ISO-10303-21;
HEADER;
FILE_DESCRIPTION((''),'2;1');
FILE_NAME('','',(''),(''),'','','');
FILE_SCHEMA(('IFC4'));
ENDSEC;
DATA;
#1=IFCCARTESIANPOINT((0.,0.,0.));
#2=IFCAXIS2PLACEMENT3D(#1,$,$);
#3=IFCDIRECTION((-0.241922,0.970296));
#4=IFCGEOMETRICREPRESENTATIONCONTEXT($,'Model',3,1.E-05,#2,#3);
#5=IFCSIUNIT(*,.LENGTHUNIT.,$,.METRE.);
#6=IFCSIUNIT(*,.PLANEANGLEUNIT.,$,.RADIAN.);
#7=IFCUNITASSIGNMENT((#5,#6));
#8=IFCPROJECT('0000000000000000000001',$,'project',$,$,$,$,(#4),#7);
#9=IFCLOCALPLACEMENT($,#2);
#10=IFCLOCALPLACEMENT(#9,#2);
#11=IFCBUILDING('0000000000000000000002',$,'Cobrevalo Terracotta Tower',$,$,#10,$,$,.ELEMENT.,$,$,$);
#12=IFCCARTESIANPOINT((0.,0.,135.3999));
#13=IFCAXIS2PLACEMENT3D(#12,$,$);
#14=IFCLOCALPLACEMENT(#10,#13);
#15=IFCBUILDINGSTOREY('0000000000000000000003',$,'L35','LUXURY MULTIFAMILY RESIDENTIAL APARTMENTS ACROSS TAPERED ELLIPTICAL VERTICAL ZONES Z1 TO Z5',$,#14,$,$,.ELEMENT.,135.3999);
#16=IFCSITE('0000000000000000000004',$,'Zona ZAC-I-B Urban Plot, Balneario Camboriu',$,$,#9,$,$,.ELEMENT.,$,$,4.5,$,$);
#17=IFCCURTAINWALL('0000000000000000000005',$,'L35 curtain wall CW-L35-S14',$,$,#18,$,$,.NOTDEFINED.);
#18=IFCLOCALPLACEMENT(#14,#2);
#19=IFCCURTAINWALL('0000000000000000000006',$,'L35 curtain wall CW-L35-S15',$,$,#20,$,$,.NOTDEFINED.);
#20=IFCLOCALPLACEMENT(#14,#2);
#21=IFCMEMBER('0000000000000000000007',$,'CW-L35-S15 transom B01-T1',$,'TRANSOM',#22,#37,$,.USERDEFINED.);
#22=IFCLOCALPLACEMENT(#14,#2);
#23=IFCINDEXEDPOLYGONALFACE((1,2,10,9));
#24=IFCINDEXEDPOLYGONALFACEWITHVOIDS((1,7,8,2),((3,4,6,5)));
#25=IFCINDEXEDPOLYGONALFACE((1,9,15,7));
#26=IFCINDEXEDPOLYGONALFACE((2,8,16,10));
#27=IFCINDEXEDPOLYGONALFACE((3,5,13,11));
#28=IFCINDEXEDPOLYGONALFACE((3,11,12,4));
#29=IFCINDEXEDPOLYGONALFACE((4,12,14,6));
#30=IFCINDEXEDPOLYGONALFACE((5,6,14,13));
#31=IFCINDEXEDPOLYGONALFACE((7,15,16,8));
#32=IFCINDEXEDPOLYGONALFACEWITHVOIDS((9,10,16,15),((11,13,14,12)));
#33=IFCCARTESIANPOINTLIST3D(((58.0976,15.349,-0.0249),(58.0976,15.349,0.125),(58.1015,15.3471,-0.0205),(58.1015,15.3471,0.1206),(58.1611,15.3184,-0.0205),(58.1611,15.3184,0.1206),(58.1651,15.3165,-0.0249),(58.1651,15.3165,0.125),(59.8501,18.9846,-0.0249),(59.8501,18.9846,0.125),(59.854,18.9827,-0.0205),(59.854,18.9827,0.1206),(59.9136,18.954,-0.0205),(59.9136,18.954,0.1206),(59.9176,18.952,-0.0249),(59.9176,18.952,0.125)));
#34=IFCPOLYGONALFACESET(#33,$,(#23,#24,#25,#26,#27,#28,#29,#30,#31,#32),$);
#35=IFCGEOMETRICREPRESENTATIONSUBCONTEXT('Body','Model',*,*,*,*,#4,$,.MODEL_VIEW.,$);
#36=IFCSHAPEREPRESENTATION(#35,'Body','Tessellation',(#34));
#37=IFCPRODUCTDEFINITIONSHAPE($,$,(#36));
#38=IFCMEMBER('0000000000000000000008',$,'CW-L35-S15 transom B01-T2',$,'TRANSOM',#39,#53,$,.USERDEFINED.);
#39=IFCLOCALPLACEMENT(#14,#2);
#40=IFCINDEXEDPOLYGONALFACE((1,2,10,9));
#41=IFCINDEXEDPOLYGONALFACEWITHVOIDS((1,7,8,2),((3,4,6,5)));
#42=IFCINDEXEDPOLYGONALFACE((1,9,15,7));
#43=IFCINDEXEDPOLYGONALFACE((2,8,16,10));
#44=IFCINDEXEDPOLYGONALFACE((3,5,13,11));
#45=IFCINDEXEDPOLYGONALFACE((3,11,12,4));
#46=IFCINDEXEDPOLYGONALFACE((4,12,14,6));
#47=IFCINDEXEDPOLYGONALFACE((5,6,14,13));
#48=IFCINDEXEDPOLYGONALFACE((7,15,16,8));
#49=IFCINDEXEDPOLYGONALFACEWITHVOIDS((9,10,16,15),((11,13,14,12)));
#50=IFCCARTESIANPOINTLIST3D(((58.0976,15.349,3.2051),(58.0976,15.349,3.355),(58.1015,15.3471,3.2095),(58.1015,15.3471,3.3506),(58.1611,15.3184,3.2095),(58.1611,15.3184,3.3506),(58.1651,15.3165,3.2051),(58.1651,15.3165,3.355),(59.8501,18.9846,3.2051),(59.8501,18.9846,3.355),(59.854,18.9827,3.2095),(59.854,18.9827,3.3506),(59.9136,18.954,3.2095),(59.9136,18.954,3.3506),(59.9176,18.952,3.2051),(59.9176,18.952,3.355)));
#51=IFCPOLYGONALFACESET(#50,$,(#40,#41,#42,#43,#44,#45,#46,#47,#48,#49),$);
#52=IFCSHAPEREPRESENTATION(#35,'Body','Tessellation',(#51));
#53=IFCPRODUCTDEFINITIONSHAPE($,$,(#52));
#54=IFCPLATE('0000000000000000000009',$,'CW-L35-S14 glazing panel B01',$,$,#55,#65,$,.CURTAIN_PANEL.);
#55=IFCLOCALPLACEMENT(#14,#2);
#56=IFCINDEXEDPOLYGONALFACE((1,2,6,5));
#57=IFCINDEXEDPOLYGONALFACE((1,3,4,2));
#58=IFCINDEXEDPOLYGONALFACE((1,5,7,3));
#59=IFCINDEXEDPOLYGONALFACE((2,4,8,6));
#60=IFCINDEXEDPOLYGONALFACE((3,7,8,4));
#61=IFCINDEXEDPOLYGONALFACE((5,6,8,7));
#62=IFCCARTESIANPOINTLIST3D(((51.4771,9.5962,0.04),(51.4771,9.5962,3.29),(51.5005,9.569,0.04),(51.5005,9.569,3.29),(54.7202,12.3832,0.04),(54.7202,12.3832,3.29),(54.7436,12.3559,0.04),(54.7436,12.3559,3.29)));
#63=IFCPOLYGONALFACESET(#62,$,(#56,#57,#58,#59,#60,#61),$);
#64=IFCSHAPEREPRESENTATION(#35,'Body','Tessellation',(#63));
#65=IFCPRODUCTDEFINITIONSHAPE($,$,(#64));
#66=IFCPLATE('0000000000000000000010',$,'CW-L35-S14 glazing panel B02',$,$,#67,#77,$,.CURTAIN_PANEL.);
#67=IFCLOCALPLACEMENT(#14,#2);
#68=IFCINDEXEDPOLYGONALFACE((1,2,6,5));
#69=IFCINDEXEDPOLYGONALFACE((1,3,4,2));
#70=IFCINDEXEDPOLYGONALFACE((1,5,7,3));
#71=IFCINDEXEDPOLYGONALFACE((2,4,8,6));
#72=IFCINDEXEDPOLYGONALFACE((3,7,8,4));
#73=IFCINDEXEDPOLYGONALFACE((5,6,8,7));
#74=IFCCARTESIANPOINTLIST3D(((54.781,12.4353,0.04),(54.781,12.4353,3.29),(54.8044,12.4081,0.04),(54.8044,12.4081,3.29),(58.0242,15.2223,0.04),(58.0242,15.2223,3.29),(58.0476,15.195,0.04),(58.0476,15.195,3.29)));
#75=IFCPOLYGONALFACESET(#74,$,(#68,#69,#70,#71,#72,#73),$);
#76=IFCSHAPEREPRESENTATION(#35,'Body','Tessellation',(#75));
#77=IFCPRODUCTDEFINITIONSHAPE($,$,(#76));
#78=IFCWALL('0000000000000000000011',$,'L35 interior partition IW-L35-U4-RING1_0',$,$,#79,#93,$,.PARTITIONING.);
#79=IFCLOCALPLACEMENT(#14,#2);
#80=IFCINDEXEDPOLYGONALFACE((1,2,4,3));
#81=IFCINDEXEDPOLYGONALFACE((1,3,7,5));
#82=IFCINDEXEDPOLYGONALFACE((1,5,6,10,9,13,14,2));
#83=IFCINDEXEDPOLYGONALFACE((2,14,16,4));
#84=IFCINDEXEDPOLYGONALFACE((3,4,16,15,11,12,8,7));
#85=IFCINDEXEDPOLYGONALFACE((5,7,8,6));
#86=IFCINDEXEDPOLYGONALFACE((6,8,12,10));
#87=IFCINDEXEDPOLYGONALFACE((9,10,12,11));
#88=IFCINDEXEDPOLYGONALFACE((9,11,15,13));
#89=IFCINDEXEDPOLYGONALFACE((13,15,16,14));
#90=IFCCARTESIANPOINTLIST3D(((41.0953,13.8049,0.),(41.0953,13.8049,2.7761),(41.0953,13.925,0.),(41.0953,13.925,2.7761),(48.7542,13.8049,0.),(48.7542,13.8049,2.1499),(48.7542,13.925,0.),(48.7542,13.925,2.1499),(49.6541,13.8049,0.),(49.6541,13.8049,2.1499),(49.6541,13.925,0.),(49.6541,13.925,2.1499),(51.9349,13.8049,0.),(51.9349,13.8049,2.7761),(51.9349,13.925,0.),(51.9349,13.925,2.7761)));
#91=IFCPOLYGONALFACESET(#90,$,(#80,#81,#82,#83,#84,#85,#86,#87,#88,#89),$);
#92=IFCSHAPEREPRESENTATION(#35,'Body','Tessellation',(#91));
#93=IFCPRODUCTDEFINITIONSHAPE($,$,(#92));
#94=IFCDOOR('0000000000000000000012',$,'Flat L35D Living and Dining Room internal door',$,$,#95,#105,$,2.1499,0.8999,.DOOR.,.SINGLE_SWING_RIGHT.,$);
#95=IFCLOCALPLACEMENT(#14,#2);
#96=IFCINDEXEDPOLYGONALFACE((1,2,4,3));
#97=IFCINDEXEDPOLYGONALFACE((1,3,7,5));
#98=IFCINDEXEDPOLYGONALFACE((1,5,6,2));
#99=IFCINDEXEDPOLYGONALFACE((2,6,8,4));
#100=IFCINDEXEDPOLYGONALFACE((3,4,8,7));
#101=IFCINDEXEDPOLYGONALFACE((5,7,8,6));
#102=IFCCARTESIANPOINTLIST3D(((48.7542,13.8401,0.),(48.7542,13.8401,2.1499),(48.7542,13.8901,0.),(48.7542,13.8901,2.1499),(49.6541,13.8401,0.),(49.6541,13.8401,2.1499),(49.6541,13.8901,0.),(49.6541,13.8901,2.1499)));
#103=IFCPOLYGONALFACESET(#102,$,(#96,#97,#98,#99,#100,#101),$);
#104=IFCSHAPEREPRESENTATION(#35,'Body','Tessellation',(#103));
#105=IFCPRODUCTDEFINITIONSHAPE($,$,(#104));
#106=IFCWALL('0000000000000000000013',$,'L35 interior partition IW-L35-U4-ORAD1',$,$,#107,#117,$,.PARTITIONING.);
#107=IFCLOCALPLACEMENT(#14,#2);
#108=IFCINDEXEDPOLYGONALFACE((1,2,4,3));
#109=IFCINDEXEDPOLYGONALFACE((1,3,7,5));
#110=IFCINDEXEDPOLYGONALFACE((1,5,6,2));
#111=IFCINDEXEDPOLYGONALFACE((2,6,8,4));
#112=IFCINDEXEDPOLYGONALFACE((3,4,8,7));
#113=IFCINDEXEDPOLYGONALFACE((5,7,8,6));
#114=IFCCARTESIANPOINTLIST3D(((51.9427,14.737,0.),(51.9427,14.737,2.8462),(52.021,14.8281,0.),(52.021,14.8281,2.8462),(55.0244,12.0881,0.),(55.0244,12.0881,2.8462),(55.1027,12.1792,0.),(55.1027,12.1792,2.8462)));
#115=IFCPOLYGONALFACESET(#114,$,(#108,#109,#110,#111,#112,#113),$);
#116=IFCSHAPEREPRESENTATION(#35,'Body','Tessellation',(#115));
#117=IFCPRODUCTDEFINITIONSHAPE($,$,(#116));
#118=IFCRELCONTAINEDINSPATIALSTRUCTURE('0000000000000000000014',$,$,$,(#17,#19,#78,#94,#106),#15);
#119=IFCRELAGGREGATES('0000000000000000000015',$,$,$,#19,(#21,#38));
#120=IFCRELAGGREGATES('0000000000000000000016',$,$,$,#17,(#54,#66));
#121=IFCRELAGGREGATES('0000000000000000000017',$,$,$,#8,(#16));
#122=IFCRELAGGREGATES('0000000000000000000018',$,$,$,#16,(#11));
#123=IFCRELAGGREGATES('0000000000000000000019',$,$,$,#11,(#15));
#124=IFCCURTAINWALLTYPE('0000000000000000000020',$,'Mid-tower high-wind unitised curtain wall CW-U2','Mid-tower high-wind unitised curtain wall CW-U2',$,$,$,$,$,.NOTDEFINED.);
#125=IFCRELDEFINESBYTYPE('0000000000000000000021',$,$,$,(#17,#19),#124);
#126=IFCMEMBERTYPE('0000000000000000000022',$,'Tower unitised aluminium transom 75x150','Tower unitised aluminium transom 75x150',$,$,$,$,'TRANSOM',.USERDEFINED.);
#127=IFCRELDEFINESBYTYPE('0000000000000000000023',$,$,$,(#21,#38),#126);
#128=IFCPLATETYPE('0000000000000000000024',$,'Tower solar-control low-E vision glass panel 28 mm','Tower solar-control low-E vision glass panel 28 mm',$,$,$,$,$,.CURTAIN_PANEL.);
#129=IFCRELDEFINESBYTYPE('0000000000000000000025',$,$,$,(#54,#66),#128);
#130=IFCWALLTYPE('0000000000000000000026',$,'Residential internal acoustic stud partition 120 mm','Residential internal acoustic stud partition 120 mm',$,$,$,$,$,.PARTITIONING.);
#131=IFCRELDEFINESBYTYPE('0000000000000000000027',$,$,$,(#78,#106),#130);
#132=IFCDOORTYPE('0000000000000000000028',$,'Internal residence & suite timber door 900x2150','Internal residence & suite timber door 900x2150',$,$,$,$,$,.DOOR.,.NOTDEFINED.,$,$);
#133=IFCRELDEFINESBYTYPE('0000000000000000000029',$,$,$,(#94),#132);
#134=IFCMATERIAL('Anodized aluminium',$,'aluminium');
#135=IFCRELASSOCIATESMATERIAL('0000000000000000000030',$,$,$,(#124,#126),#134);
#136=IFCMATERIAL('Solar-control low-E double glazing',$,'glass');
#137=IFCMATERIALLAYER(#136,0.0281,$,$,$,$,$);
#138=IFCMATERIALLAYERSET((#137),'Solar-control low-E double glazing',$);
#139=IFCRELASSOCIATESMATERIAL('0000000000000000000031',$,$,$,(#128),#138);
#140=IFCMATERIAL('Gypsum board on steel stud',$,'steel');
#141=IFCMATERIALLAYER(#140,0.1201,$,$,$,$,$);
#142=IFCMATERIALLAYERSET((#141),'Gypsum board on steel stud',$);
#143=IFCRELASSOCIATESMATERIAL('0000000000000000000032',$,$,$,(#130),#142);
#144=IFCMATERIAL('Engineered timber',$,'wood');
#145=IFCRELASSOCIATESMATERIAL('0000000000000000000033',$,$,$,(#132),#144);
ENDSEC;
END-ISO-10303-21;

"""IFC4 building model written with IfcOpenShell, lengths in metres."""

from ifc_helpers import new_model, si_unit, direction, frame, frame_2d, origin, origin_2d, place, context, subcontext, project, spatial, rectangle, hollow_rectangle, extrude, source, transform, mapped, material, layer, layer_set, material_profile, profile_set, type_object, element, fill, aggregate, save


model = new_model("IFC4")

# Units and contexts
model_context = context("Model", 3, precision=1e-05, world=origin(), true_north=direction((-0.241922, 0.970296)))
body_context = subcontext(model_context, "Body", "Model", "MODEL_VIEW")
ifc_project = project(units=[si_unit("LENGTHUNIT", "METRE"), si_unit("PLANEANGLEUNIT", "RADIAN")], contexts=[model_context])

# Site, building, storey
site_placement = place(None, origin())
site = spatial("IfcSite", under=ifc_project, at=site_placement, Name="Zona ZAC-I-B Urban Plot, Balneario Camboriu", CompositionType="ELEMENT", RefElevation=4.5)
building_placement = place(site_placement, origin())
building = spatial("IfcBuilding", under=site, at=building_placement, Name="Cobrevalo Terracotta Tower", CompositionType="ELEMENT")
storey_placement = place(building_placement, frame((0.0, 0.0, 135.3999)))
storey = spatial("IfcBuildingStorey", under=building, at=storey_placement, Name="L35", Description="LUXURY MULTIFAMILY RESIDENTIAL APARTMENTS ACROSS TAPERED ELLIPTICAL VERTICAL ZONES Z1 TO Z5", CompositionType="ELEMENT", Elevation=135.3999)

# Curtain wall
ifc_material_1 = material(Name="Anodized aluminium", Category="aluminium")
curtain_wall_type = type_object("IfcCurtainWallType", Name="Mid-tower high-wind unitised curtain wall CW-U2", Description="Mid-tower high-wind unitised curtain wall CW-U2", PredefinedType="NOTDEFINED", material=ifc_material_1)
curtain_wall_1_placement = place(storey_placement, origin())
curtain_wall_1 = element("IfcCurtainWall", 1, at=curtain_wall_1_placement, inside=storey, type_object=curtain_wall_type, Name="L35 curtain wall CW-L35-S14", PredefinedType="NOTDEFINED")

# Curtain wall
curtain_wall_2_placement = place(storey_placement, origin())
curtain_wall_2 = element("IfcCurtainWall", 2, at=curtain_wall_2_placement, inside=storey, type_object=curtain_wall_type, Name="L35 curtain wall CW-L35-S15", PredefinedType="NOTDEFINED")

# Members
ifc_material_profile_1 = material_profile(ifc_material_1, hollow_rectangle(XDim=0.075, YDim=0.1499, WallThickness=0.0044, at=origin_2d()), Name="CWT 75x150")
ifc_profile_set_1 = profile_set([ifc_material_profile_1], Name="Anodized aluminium")
member_type_1 = type_object("IfcMemberType", Name="Tower unitised aluminium transom 75x150", Description="Tower unitised aluminium transom 75x150", ElementType="TRANSOM", PredefinedType="USERDEFINED", material=ifc_profile_set_1)
shared_shape_1 = source(origin(), body_context, "Body", "SweptSolid", [
    extrude(hollow_rectangle(XDim=0.075, YDim=0.1499, WallThickness=0.0044, at=origin_2d()), origin(), (0.0, 0.0, 1.0), 4.0359),
])
member_1_placement = place(storey_placement, frame((58.1313, 15.3328, 0.05), z_axis=(0.434221, 0.900806, 0.0), x_axis=(-0.900806, 0.434221, 0.0)))
member_1 = element("IfcMember", 3, at=member_1_placement, type_object=member_type_1, Name="CW-L35-S15 transom B01-T1", ObjectType="TRANSOM", PredefinedType="USERDEFINED", context=body_context, shape_type="MappedRepresentation", body=[
    mapped(shared_shape_1, transform((0.0, 0.0, 0.0), scale=1.0)),
])
member_2_placement = place(storey_placement, frame((58.1313, 15.3328, 3.28), z_axis=(0.434221, 0.900806, 0.0), x_axis=(-0.900806, 0.434221, 0.0)))
member_2 = element("IfcMember", 4, at=member_2_placement, type_object=member_type_1, Name="CW-L35-S15 transom B01-T2", ObjectType="TRANSOM", PredefinedType="USERDEFINED", context=body_context, shape_type="MappedRepresentation", body=[
    mapped(shared_shape_1, transform((0.0, 0.0, 0.0), scale=1.0)),
])
aggregate(curtain_wall_2, [member_1, member_2])

# Plates
ifc_material_2 = material(Name="Solar-control low-E double glazing", Category="glass")
ifc_layer_1 = layer(ifc_material_2, 0.0281)
ifc_layer_set_1 = layer_set([ifc_layer_1], Name="Solar-control low-E double glazing")
plate_type = type_object("IfcPlateType", Name="Tower solar-control low-E vision glass panel 28 mm", Description="Tower solar-control low-E vision glass panel 28 mm", PredefinedType="CURTAIN_PANEL", material=ifc_layer_set_1)
shared_shape_2 = source(origin(), body_context, "Body", "SweptSolid", [
    extrude(rectangle(XDim=4.2761, YDim=0.0359, at=origin_2d()), origin(), (0.0, 0.0, 1.0), 3.25),
])
plate_1_placement = place(storey_placement, frame((53.1104, 10.9761, 0.04), z_axis=(0.0, 0.0, 1.0), x_axis=(0.758437, 0.651746, 0.0)))
plate_1 = element("IfcPlate", 5, at=plate_1_placement, type_object=plate_type, Name="CW-L35-S14 glazing panel B01", PredefinedType="CURTAIN_PANEL", context=body_context, shape_type="MappedRepresentation", body=[
    mapped(shared_shape_2, transform((0.0, 0.0, 0.0), scale=1.0)),
])
plate_2_placement = place(storey_placement, frame((56.4143, 13.8152, 0.04), z_axis=(0.0, 0.0, 1.0), x_axis=(0.758437, 0.651746, 0.0)))
plate_2 = element("IfcPlate", 6, at=plate_2_placement, type_object=plate_type, Name="CW-L35-S14 glazing panel B02", PredefinedType="CURTAIN_PANEL", context=body_context, shape_type="MappedRepresentation", body=[
    mapped(shared_shape_2, transform((0.0, 0.0, 0.0), scale=1.0)),
])
aggregate(curtain_wall_1, [plate_1, plate_2])

# Wall, opening, door
ifc_material_3 = material(Name="Gypsum board on steel stud", Category="steel")
ifc_layer_2 = layer(ifc_material_3, 0.1201)
ifc_layer_set_2 = layer_set([ifc_layer_2], Name="Gypsum board on steel stud")
wall_type = type_object("IfcWallType", Name="Residential internal acoustic stud partition 120 mm", Description="Residential internal acoustic stud partition 120 mm", PredefinedType="PARTITIONING", material=ifc_layer_set_2)
wall_1_placement = place(storey_placement, frame((51.9351, 13.865, 0.0), z_axis=(0.0, 0.0, 1.0), x_axis=(-1.0, 0.0, 0.0)))
wall_1 = element("IfcWall", 7, at=wall_1_placement, inside=storey, type_object=wall_type, Name="L35 interior partition IW-L35-U4-RING1_0", PredefinedType="PARTITIONING", context=body_context, shape_type="SweptSolid", body=[
    extrude(rectangle(XDim=10.8396, YDim=0.1201, at=frame_2d((5.4199, 0.0))), origin(), (0.0, 0.0, 1.0), 2.7761),
])
opening_placement = place(wall_1_placement, frame((2.281, 0.0, 0.0)))
opening = element("IfcOpeningElement", 8, at=opening_placement, cuts=wall_1, PredefinedType="OPENING", context=body_context, shape_type="SweptSolid", body=[
    extrude(rectangle(XDim=0.8999, YDim=2.1499, at=frame_2d((0.45, 1.075))), frame((0.0, 0.0701, 0.0), z_axis=(0.0, -1.0, 0.0), x_axis=(1.0, 0.0, 0.0)), (0.0, 0.0, 1.0), 0.1401),
])
ifc_material_4 = material(Name="Engineered timber", Category="wood")
door_type = type_object("IfcDoorType", Name="Internal residence & suite timber door 900x2150", Description="Internal residence & suite timber door 900x2150", OperationType="NOTDEFINED", PredefinedType="DOOR", material=ifc_material_4)
shared_shape_3 = source(origin(), body_context, "Body", "SweptSolid", [
    extrude(rectangle(XDim=0.8999, YDim=2.1499, at=frame_2d((0.45, 1.075))), frame((0.0, 0.0249, 0.0), z_axis=(0.0, -1.0, 0.0), x_axis=(1.0, 0.0, 0.0)), (0.0, 0.0, 1.0), 0.05),
])
door_placement = place(opening_placement, origin())
door = element("IfcDoor", 9, at=door_placement, inside=storey, type_object=door_type, Name="Flat L35D Living and Dining Room internal door", OperationType="SINGLE_SWING_RIGHT", OverallHeight=2.1499, OverallWidth=0.8999, PredefinedType="DOOR", context=body_context, shape_type="MappedRepresentation", body=[
    mapped(shared_shape_3, transform((0.0, 0.0, 0.0), scale=1.0)),
])
fill(opening, door)

# Wall
wall_2_placement = place(storey_placement, frame((51.9819, 14.7825, 0.0), z_axis=(0.0, 0.0, 1.0), x_axis=(0.758357, -0.65184, 0.0)))
element("IfcWall", 10, at=wall_2_placement, inside=storey, type_object=wall_type, Name="L35 interior partition IW-L35-U4-ORAD1", PredefinedType="PARTITIONING", context=body_context, shape_type="SweptSolid", body=[
    extrude(rectangle(XDim=4.0637, YDim=0.1201, at=frame_2d((2.0317, 0.0))), origin(), (0.0, 0.0, 1.0), 2.8462),
])

save(model, "model.ifc")
